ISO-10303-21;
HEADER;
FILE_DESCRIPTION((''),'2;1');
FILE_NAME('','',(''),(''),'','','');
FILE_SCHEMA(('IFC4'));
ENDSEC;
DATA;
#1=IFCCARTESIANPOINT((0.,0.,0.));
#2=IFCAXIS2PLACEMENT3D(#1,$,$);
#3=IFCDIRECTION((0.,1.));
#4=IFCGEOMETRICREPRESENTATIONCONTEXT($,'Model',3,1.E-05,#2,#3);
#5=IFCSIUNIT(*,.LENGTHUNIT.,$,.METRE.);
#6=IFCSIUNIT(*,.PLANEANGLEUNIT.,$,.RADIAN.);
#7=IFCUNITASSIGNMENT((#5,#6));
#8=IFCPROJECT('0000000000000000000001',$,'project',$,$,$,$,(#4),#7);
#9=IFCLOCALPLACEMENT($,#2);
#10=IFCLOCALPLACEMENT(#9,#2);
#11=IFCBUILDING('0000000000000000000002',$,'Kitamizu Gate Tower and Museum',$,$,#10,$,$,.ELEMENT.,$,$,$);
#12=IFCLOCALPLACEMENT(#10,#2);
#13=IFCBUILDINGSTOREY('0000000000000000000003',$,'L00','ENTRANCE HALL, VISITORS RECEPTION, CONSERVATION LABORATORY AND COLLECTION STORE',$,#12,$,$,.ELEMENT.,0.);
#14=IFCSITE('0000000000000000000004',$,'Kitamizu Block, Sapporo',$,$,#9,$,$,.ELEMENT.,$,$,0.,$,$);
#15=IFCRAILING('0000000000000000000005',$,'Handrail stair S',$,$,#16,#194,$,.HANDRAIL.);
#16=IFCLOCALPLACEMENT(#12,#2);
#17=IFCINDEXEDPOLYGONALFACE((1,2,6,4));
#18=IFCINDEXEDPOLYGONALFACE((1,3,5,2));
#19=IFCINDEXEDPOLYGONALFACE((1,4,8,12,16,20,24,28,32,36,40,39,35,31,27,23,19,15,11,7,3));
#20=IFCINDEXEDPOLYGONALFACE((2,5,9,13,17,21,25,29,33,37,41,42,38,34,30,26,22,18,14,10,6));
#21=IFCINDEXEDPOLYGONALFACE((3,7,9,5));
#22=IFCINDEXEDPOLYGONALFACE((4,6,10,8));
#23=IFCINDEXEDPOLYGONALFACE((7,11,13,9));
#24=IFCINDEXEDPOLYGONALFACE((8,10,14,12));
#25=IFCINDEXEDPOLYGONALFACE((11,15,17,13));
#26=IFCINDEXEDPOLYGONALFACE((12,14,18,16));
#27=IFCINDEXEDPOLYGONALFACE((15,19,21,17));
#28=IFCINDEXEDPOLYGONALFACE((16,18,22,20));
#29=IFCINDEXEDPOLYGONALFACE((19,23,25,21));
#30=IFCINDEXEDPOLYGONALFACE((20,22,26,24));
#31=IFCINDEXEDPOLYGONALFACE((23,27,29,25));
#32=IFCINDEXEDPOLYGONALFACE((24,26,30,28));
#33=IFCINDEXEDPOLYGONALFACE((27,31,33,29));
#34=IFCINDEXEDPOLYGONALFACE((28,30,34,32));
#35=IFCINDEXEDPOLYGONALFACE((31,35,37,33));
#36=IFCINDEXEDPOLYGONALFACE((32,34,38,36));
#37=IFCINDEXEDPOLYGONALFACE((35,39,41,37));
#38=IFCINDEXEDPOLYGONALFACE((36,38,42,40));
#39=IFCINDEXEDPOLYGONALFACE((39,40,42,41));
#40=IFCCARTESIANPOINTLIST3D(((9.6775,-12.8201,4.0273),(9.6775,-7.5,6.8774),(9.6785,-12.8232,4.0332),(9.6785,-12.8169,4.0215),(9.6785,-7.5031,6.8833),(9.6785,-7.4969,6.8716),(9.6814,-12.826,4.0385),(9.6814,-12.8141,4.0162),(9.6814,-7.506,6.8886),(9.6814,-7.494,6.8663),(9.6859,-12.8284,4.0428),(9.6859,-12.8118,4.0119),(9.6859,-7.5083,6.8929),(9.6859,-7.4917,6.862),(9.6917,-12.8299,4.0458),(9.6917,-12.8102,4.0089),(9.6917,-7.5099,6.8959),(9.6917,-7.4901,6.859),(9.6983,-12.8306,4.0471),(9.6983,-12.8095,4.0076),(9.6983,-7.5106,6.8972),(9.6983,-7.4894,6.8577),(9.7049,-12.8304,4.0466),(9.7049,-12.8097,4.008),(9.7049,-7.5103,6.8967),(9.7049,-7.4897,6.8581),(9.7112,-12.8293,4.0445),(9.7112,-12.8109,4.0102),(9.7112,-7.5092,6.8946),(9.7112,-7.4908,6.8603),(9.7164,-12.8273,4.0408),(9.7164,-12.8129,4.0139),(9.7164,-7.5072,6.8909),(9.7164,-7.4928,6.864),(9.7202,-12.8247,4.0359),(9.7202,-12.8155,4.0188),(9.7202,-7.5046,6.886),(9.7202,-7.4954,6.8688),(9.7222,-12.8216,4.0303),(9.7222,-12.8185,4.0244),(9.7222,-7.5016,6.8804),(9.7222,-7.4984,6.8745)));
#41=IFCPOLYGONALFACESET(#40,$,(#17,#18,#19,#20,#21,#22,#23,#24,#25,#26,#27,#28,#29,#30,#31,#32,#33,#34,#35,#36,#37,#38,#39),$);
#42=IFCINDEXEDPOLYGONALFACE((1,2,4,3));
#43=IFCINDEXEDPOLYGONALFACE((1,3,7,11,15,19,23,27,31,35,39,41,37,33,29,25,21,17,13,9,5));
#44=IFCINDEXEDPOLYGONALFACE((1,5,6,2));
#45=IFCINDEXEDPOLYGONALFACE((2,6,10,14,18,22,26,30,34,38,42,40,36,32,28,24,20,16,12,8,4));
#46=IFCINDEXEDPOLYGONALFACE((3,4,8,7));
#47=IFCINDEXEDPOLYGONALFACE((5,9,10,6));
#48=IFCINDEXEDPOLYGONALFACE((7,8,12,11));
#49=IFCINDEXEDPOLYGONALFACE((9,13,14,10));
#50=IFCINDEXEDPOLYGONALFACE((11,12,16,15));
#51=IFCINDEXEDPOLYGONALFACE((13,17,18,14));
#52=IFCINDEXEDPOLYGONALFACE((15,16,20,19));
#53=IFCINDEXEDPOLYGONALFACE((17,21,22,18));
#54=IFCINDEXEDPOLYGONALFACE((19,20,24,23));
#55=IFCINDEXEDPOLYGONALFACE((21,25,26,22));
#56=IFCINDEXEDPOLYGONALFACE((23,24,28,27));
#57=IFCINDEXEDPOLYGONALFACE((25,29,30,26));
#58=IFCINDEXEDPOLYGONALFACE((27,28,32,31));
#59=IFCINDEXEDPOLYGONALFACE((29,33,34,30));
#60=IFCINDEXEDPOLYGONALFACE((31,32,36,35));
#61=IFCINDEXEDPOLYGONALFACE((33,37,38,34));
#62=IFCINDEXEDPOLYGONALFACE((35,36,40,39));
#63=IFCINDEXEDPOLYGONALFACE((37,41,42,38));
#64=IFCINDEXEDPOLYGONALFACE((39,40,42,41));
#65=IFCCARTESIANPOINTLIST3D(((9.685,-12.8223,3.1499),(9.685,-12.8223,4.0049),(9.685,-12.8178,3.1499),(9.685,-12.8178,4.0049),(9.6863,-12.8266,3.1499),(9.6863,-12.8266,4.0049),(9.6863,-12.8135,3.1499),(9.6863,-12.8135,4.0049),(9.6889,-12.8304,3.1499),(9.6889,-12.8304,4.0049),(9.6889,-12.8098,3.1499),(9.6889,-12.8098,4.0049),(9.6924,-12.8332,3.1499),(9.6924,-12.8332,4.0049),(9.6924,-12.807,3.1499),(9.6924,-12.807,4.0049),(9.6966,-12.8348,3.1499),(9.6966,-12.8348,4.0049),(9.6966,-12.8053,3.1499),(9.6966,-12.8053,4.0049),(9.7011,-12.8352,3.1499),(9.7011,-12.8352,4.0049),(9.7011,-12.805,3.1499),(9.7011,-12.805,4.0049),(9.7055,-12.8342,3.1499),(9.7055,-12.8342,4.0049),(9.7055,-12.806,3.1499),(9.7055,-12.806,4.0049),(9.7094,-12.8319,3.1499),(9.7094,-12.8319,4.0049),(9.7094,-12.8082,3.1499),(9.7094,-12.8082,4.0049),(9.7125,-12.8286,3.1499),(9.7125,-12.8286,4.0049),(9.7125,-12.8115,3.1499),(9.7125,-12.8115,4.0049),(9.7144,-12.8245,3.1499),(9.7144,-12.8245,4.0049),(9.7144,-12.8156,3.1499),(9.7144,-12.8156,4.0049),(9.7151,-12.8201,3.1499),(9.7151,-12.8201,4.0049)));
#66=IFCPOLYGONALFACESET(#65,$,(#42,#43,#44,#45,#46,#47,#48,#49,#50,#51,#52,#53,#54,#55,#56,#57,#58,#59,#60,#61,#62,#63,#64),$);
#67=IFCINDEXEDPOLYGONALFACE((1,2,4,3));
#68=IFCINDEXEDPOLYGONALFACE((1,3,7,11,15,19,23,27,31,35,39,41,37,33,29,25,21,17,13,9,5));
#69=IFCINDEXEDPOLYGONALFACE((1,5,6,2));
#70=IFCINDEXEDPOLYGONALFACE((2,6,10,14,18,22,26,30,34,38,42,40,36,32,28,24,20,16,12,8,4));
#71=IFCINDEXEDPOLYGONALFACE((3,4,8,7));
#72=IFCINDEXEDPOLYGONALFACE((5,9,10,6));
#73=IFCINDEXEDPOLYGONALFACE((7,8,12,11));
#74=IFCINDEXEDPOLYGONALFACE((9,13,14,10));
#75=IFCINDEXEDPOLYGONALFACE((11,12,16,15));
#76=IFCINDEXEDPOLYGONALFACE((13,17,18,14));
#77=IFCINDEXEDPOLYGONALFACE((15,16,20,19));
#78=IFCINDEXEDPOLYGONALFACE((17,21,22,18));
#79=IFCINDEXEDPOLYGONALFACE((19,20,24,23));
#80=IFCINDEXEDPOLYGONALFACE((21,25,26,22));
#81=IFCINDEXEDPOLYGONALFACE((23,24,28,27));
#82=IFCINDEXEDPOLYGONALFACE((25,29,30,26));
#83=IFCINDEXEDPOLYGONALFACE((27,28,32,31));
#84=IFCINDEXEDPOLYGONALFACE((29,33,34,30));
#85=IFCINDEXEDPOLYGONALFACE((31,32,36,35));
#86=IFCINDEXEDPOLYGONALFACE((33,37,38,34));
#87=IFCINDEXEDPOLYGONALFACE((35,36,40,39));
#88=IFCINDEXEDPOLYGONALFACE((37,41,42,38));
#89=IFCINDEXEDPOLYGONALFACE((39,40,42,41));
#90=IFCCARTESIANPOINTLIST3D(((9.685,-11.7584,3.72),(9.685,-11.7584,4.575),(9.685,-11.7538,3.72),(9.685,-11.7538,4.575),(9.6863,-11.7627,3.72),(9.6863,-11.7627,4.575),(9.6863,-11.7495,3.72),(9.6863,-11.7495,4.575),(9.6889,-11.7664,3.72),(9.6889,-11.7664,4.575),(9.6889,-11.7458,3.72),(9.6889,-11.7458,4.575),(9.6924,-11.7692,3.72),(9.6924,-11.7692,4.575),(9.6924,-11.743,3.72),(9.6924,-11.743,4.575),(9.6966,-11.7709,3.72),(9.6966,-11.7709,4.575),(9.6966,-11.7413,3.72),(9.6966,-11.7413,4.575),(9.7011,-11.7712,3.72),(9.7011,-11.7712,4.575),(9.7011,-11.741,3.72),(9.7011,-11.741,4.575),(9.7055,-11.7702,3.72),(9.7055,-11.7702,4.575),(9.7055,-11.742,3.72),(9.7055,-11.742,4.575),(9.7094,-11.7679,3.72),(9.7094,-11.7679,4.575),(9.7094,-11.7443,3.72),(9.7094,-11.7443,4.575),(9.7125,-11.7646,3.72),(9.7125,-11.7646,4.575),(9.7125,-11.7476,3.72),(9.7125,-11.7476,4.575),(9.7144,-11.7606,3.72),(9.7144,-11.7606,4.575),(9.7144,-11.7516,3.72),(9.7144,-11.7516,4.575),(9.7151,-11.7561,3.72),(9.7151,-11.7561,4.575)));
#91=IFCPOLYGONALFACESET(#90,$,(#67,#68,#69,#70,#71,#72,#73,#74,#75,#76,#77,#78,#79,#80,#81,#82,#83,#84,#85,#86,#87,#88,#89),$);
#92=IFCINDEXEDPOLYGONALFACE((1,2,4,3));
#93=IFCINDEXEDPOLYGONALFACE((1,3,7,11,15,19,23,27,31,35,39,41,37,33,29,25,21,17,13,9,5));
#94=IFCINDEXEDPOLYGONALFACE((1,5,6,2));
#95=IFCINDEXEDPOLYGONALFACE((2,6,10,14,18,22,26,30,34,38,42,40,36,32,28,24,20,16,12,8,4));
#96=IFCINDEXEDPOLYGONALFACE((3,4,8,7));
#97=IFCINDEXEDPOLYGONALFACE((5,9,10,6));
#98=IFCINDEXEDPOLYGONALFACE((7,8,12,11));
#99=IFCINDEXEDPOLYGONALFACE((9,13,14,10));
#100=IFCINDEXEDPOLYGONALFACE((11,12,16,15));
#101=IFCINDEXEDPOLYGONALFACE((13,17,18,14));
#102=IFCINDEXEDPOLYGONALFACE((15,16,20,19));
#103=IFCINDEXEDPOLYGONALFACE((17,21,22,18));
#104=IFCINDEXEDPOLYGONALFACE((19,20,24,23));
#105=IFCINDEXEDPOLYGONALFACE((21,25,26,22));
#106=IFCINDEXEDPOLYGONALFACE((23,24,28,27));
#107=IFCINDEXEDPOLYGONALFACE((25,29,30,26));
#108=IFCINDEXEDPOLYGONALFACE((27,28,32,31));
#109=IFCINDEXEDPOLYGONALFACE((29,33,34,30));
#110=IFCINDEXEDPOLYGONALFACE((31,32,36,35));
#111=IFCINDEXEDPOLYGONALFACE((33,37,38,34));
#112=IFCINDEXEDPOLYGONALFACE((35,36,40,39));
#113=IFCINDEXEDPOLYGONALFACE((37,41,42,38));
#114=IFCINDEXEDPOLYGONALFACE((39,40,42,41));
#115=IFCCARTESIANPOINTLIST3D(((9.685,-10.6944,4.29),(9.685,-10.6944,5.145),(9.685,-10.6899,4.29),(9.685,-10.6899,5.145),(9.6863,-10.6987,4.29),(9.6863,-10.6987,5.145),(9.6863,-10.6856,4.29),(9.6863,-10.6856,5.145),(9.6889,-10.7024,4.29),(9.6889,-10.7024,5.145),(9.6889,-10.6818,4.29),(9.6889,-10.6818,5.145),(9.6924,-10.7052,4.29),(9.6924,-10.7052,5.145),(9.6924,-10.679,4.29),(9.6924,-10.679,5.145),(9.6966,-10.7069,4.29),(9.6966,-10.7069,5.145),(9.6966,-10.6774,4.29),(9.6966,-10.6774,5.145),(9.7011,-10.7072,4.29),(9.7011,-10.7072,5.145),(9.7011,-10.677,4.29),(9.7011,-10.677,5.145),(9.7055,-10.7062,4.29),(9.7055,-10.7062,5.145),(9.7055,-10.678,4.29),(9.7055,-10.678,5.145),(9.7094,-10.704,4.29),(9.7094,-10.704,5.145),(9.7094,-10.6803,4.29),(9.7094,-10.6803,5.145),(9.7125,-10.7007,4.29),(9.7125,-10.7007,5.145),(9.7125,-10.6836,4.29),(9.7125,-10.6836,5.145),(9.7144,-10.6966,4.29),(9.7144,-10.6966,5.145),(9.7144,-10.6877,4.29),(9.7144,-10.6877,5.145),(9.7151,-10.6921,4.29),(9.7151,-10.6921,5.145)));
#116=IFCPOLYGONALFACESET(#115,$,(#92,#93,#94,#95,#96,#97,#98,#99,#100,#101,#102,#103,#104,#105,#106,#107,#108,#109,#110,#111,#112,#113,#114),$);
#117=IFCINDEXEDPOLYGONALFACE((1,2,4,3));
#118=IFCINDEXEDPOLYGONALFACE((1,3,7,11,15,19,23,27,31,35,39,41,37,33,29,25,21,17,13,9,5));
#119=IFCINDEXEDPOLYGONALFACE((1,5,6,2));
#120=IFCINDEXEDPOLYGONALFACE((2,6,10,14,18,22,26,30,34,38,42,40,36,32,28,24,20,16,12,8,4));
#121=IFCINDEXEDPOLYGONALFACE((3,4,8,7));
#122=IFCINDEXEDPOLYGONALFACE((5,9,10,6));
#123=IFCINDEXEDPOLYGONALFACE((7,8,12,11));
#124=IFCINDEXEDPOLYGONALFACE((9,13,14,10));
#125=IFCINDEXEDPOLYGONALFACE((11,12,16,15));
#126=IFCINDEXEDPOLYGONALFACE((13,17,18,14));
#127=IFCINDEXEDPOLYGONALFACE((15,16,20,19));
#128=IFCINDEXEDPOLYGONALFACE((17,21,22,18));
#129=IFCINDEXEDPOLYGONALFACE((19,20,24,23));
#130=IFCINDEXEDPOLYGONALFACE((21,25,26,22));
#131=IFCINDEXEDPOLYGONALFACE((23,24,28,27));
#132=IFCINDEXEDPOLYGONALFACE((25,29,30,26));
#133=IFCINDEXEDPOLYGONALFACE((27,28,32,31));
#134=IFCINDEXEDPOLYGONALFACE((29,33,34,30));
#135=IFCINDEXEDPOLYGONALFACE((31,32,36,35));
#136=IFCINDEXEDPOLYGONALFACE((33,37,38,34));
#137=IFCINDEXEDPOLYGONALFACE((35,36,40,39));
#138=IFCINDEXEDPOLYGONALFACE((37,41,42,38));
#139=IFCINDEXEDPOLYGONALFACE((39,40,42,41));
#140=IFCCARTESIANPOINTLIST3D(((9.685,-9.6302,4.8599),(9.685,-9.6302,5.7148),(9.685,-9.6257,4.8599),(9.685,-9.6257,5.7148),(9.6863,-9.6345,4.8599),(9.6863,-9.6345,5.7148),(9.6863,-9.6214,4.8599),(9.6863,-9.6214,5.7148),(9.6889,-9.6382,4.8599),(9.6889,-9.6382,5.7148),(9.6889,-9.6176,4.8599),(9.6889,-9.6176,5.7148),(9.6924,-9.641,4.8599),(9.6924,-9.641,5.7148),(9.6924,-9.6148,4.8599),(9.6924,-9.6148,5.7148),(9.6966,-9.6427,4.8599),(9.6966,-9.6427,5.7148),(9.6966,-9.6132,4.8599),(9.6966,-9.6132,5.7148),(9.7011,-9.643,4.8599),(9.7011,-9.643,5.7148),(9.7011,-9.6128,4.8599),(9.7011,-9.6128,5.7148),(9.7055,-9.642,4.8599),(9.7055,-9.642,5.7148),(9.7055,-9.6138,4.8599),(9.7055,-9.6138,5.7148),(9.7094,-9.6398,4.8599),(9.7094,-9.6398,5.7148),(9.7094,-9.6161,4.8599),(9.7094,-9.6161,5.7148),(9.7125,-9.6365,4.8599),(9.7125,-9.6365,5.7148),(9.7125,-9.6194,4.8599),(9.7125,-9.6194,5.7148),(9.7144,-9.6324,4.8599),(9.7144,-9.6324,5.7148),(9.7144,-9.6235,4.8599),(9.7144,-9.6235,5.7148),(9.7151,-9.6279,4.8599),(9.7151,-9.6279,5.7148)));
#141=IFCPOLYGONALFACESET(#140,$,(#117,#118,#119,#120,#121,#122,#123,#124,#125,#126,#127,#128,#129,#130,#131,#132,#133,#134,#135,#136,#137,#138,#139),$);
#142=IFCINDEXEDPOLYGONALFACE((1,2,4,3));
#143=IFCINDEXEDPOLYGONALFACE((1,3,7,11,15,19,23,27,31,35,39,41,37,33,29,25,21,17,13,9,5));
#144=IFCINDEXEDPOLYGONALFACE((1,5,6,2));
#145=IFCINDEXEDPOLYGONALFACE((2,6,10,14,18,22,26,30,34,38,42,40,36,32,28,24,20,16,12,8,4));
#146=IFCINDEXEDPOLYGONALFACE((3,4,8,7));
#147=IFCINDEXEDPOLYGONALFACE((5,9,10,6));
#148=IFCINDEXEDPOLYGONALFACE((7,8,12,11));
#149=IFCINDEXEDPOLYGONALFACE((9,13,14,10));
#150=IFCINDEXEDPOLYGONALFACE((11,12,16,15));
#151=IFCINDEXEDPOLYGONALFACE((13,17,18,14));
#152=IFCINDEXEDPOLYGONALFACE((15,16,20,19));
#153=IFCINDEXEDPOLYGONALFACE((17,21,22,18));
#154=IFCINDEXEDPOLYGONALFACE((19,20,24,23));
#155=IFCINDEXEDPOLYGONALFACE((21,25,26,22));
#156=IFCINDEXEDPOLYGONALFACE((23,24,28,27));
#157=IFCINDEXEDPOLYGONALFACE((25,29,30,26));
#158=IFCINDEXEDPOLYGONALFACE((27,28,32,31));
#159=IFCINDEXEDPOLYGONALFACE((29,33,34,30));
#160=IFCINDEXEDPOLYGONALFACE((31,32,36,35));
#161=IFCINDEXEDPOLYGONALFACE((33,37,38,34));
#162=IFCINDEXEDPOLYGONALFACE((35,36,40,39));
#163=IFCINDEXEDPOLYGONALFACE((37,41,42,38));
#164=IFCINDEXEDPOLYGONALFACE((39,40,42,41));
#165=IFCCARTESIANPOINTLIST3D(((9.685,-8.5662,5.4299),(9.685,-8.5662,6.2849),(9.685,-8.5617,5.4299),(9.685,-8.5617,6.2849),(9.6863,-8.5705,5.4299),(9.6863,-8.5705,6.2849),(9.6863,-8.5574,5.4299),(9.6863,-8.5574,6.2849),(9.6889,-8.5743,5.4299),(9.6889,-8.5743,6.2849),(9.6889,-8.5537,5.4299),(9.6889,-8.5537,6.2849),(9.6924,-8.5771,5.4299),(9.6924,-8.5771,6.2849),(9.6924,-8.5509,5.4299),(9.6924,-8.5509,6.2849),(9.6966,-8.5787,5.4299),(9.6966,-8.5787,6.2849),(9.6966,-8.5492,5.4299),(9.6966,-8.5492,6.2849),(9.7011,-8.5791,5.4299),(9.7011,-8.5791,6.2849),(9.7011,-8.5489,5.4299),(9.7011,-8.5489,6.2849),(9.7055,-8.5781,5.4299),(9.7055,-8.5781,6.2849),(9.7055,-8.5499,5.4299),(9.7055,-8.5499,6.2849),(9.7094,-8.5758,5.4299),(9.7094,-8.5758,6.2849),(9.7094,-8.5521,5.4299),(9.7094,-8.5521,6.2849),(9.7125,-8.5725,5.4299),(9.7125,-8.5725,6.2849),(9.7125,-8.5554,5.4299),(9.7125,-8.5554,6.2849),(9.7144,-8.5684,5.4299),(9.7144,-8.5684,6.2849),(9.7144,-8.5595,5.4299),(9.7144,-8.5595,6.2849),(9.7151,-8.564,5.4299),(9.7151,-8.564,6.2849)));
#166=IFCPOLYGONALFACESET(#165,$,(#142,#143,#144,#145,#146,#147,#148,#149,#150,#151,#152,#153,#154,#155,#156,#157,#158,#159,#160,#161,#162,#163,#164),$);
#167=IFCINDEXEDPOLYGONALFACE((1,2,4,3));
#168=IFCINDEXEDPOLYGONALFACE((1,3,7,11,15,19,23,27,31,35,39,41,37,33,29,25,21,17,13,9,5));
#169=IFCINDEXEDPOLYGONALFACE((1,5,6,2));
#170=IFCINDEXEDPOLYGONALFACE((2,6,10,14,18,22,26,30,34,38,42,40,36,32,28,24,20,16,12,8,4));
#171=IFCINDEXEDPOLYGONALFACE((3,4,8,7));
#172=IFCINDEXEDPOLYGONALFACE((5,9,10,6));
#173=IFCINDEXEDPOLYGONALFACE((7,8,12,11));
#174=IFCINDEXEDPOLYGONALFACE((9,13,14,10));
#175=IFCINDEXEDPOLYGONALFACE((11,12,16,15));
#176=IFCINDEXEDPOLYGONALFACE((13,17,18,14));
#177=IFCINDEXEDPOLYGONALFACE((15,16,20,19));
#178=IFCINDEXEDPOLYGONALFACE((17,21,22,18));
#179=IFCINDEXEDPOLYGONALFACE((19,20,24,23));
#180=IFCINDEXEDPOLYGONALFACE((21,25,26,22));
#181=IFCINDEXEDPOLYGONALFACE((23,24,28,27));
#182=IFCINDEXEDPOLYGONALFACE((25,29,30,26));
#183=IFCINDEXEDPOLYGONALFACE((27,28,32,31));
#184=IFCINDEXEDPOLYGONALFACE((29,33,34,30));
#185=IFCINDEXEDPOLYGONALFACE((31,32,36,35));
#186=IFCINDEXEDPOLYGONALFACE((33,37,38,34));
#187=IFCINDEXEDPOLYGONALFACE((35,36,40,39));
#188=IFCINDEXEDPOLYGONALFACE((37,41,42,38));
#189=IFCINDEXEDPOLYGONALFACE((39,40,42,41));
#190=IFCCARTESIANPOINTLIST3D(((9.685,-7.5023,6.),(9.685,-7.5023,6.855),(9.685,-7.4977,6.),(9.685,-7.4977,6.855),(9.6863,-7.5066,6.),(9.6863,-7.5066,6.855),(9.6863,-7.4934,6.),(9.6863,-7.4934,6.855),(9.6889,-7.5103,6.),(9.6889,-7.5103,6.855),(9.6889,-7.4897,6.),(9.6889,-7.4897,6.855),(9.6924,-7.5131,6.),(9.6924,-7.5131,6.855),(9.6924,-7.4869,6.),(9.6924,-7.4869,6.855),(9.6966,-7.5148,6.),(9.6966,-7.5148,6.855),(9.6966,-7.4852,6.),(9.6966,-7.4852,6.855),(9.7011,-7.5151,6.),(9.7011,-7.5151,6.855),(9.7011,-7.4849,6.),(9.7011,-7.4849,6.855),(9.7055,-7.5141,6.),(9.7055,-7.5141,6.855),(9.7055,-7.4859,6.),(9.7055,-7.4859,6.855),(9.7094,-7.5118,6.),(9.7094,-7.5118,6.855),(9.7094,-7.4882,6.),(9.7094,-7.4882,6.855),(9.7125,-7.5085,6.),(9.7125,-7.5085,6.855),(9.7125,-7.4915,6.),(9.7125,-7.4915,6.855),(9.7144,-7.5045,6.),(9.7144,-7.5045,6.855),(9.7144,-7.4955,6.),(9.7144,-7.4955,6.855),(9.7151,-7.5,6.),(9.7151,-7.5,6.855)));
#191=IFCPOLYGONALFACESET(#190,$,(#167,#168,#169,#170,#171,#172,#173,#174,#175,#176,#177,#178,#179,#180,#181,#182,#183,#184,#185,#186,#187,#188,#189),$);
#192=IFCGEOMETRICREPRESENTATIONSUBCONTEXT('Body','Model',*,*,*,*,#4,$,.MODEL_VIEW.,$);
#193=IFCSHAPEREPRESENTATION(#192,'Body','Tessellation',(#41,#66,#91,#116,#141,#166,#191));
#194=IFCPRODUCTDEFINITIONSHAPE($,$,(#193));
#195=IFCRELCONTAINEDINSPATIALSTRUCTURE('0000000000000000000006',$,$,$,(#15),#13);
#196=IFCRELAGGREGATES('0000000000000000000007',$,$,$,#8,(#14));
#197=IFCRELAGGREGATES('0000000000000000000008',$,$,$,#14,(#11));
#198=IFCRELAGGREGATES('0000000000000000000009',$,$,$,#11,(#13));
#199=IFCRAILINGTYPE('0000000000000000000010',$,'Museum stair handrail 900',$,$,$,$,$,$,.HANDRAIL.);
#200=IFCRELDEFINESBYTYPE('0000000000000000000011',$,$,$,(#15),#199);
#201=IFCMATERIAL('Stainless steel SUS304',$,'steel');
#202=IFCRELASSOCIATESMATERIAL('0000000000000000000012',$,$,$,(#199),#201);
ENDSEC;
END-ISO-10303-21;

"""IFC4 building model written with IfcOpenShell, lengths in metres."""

from ifc_helpers import new_model, si_unit, direction, frame, origin, origin_2d, place, context, subcontext, project, spatial, circle, extrude, material, type_object, element, save


model = new_model("IFC4")

# Units and contexts
model_context = context("Model", 3, precision=1e-05, world=origin(), true_north=direction((0.0, 1.0)))
body_context = subcontext(model_context, "Body", "Model", "MODEL_VIEW")
ifc_project = project(units=[si_unit("LENGTHUNIT", "METRE"), si_unit("PLANEANGLEUNIT", "RADIAN")], contexts=[model_context])

# Site, building, storey
site_placement = place(None, origin())
site = spatial("IfcSite", under=ifc_project, at=site_placement, Name="Kitamizu Block, Sapporo", CompositionType="ELEMENT", RefElevation=0.0)
building_placement = place(site_placement, origin())
building = spatial("IfcBuilding", under=site, at=building_placement, Name="Kitamizu Gate Tower and Museum", CompositionType="ELEMENT")
storey_placement = place(building_placement, origin())
storey = spatial("IfcBuildingStorey", under=building, at=storey_placement, Name="L00", Description="ENTRANCE HALL, VISITORS RECEPTION, CONSERVATION LABORATORY AND COLLECTION STORE", CompositionType="ELEMENT", Elevation=0.0)

# Railing
ifc_material_1 = material(Name="Stainless steel SUS304", Category="steel")
railing_type = type_object("IfcRailingType", Name="Museum stair handrail 900", PredefinedType="HANDRAIL", material=ifc_material_1)
railing_placement = place(storey_placement, frame((9.7, -12.8201, 3.1499)))
element("IfcRailing", 1, at=railing_placement, inside=storey, type_object=railing_type, Name="Handrail stair S", PredefinedType="HANDRAIL", context=body_context, shape_type="SweptSolid", body=[
    extrude(circle(Radius=0.0225, at=origin_2d()), frame((0.0, 0.0, 0.8774), z_axis=(0.0, 0.881476, 0.472229), x_axis=(-1.0, 0.0, 0.0)), (0.0, 0.0, 1.0), 6.0354),
    extrude(circle(Radius=0.0151, at=origin_2d()), origin(), (0.0, 0.0, 1.0), 0.855),
    extrude(circle(Radius=0.0151, at=origin_2d()), frame((0.0, 1.064, 0.5701)), (0.0, 0.0, 1.0), 0.855),
    extrude(circle(Radius=0.0151, at=origin_2d()), frame((0.0, 2.1279, 1.1401)), (0.0, 0.0, 1.0), 0.855),
    extrude(circle(Radius=0.0151, at=origin_2d()), frame((0.0, 3.1921, 1.71)), (0.0, 0.0, 1.0), 0.855),
    extrude(circle(Radius=0.0151, at=origin_2d()), frame((0.0, 4.2561, 2.28)), (0.0, 0.0, 1.0), 0.855),
    extrude(circle(Radius=0.0151, at=origin_2d()), frame((0.0, 5.3201, 2.8501)), (0.0, 0.0, 1.0), 0.855),
])

save(model, "model.ifc")
